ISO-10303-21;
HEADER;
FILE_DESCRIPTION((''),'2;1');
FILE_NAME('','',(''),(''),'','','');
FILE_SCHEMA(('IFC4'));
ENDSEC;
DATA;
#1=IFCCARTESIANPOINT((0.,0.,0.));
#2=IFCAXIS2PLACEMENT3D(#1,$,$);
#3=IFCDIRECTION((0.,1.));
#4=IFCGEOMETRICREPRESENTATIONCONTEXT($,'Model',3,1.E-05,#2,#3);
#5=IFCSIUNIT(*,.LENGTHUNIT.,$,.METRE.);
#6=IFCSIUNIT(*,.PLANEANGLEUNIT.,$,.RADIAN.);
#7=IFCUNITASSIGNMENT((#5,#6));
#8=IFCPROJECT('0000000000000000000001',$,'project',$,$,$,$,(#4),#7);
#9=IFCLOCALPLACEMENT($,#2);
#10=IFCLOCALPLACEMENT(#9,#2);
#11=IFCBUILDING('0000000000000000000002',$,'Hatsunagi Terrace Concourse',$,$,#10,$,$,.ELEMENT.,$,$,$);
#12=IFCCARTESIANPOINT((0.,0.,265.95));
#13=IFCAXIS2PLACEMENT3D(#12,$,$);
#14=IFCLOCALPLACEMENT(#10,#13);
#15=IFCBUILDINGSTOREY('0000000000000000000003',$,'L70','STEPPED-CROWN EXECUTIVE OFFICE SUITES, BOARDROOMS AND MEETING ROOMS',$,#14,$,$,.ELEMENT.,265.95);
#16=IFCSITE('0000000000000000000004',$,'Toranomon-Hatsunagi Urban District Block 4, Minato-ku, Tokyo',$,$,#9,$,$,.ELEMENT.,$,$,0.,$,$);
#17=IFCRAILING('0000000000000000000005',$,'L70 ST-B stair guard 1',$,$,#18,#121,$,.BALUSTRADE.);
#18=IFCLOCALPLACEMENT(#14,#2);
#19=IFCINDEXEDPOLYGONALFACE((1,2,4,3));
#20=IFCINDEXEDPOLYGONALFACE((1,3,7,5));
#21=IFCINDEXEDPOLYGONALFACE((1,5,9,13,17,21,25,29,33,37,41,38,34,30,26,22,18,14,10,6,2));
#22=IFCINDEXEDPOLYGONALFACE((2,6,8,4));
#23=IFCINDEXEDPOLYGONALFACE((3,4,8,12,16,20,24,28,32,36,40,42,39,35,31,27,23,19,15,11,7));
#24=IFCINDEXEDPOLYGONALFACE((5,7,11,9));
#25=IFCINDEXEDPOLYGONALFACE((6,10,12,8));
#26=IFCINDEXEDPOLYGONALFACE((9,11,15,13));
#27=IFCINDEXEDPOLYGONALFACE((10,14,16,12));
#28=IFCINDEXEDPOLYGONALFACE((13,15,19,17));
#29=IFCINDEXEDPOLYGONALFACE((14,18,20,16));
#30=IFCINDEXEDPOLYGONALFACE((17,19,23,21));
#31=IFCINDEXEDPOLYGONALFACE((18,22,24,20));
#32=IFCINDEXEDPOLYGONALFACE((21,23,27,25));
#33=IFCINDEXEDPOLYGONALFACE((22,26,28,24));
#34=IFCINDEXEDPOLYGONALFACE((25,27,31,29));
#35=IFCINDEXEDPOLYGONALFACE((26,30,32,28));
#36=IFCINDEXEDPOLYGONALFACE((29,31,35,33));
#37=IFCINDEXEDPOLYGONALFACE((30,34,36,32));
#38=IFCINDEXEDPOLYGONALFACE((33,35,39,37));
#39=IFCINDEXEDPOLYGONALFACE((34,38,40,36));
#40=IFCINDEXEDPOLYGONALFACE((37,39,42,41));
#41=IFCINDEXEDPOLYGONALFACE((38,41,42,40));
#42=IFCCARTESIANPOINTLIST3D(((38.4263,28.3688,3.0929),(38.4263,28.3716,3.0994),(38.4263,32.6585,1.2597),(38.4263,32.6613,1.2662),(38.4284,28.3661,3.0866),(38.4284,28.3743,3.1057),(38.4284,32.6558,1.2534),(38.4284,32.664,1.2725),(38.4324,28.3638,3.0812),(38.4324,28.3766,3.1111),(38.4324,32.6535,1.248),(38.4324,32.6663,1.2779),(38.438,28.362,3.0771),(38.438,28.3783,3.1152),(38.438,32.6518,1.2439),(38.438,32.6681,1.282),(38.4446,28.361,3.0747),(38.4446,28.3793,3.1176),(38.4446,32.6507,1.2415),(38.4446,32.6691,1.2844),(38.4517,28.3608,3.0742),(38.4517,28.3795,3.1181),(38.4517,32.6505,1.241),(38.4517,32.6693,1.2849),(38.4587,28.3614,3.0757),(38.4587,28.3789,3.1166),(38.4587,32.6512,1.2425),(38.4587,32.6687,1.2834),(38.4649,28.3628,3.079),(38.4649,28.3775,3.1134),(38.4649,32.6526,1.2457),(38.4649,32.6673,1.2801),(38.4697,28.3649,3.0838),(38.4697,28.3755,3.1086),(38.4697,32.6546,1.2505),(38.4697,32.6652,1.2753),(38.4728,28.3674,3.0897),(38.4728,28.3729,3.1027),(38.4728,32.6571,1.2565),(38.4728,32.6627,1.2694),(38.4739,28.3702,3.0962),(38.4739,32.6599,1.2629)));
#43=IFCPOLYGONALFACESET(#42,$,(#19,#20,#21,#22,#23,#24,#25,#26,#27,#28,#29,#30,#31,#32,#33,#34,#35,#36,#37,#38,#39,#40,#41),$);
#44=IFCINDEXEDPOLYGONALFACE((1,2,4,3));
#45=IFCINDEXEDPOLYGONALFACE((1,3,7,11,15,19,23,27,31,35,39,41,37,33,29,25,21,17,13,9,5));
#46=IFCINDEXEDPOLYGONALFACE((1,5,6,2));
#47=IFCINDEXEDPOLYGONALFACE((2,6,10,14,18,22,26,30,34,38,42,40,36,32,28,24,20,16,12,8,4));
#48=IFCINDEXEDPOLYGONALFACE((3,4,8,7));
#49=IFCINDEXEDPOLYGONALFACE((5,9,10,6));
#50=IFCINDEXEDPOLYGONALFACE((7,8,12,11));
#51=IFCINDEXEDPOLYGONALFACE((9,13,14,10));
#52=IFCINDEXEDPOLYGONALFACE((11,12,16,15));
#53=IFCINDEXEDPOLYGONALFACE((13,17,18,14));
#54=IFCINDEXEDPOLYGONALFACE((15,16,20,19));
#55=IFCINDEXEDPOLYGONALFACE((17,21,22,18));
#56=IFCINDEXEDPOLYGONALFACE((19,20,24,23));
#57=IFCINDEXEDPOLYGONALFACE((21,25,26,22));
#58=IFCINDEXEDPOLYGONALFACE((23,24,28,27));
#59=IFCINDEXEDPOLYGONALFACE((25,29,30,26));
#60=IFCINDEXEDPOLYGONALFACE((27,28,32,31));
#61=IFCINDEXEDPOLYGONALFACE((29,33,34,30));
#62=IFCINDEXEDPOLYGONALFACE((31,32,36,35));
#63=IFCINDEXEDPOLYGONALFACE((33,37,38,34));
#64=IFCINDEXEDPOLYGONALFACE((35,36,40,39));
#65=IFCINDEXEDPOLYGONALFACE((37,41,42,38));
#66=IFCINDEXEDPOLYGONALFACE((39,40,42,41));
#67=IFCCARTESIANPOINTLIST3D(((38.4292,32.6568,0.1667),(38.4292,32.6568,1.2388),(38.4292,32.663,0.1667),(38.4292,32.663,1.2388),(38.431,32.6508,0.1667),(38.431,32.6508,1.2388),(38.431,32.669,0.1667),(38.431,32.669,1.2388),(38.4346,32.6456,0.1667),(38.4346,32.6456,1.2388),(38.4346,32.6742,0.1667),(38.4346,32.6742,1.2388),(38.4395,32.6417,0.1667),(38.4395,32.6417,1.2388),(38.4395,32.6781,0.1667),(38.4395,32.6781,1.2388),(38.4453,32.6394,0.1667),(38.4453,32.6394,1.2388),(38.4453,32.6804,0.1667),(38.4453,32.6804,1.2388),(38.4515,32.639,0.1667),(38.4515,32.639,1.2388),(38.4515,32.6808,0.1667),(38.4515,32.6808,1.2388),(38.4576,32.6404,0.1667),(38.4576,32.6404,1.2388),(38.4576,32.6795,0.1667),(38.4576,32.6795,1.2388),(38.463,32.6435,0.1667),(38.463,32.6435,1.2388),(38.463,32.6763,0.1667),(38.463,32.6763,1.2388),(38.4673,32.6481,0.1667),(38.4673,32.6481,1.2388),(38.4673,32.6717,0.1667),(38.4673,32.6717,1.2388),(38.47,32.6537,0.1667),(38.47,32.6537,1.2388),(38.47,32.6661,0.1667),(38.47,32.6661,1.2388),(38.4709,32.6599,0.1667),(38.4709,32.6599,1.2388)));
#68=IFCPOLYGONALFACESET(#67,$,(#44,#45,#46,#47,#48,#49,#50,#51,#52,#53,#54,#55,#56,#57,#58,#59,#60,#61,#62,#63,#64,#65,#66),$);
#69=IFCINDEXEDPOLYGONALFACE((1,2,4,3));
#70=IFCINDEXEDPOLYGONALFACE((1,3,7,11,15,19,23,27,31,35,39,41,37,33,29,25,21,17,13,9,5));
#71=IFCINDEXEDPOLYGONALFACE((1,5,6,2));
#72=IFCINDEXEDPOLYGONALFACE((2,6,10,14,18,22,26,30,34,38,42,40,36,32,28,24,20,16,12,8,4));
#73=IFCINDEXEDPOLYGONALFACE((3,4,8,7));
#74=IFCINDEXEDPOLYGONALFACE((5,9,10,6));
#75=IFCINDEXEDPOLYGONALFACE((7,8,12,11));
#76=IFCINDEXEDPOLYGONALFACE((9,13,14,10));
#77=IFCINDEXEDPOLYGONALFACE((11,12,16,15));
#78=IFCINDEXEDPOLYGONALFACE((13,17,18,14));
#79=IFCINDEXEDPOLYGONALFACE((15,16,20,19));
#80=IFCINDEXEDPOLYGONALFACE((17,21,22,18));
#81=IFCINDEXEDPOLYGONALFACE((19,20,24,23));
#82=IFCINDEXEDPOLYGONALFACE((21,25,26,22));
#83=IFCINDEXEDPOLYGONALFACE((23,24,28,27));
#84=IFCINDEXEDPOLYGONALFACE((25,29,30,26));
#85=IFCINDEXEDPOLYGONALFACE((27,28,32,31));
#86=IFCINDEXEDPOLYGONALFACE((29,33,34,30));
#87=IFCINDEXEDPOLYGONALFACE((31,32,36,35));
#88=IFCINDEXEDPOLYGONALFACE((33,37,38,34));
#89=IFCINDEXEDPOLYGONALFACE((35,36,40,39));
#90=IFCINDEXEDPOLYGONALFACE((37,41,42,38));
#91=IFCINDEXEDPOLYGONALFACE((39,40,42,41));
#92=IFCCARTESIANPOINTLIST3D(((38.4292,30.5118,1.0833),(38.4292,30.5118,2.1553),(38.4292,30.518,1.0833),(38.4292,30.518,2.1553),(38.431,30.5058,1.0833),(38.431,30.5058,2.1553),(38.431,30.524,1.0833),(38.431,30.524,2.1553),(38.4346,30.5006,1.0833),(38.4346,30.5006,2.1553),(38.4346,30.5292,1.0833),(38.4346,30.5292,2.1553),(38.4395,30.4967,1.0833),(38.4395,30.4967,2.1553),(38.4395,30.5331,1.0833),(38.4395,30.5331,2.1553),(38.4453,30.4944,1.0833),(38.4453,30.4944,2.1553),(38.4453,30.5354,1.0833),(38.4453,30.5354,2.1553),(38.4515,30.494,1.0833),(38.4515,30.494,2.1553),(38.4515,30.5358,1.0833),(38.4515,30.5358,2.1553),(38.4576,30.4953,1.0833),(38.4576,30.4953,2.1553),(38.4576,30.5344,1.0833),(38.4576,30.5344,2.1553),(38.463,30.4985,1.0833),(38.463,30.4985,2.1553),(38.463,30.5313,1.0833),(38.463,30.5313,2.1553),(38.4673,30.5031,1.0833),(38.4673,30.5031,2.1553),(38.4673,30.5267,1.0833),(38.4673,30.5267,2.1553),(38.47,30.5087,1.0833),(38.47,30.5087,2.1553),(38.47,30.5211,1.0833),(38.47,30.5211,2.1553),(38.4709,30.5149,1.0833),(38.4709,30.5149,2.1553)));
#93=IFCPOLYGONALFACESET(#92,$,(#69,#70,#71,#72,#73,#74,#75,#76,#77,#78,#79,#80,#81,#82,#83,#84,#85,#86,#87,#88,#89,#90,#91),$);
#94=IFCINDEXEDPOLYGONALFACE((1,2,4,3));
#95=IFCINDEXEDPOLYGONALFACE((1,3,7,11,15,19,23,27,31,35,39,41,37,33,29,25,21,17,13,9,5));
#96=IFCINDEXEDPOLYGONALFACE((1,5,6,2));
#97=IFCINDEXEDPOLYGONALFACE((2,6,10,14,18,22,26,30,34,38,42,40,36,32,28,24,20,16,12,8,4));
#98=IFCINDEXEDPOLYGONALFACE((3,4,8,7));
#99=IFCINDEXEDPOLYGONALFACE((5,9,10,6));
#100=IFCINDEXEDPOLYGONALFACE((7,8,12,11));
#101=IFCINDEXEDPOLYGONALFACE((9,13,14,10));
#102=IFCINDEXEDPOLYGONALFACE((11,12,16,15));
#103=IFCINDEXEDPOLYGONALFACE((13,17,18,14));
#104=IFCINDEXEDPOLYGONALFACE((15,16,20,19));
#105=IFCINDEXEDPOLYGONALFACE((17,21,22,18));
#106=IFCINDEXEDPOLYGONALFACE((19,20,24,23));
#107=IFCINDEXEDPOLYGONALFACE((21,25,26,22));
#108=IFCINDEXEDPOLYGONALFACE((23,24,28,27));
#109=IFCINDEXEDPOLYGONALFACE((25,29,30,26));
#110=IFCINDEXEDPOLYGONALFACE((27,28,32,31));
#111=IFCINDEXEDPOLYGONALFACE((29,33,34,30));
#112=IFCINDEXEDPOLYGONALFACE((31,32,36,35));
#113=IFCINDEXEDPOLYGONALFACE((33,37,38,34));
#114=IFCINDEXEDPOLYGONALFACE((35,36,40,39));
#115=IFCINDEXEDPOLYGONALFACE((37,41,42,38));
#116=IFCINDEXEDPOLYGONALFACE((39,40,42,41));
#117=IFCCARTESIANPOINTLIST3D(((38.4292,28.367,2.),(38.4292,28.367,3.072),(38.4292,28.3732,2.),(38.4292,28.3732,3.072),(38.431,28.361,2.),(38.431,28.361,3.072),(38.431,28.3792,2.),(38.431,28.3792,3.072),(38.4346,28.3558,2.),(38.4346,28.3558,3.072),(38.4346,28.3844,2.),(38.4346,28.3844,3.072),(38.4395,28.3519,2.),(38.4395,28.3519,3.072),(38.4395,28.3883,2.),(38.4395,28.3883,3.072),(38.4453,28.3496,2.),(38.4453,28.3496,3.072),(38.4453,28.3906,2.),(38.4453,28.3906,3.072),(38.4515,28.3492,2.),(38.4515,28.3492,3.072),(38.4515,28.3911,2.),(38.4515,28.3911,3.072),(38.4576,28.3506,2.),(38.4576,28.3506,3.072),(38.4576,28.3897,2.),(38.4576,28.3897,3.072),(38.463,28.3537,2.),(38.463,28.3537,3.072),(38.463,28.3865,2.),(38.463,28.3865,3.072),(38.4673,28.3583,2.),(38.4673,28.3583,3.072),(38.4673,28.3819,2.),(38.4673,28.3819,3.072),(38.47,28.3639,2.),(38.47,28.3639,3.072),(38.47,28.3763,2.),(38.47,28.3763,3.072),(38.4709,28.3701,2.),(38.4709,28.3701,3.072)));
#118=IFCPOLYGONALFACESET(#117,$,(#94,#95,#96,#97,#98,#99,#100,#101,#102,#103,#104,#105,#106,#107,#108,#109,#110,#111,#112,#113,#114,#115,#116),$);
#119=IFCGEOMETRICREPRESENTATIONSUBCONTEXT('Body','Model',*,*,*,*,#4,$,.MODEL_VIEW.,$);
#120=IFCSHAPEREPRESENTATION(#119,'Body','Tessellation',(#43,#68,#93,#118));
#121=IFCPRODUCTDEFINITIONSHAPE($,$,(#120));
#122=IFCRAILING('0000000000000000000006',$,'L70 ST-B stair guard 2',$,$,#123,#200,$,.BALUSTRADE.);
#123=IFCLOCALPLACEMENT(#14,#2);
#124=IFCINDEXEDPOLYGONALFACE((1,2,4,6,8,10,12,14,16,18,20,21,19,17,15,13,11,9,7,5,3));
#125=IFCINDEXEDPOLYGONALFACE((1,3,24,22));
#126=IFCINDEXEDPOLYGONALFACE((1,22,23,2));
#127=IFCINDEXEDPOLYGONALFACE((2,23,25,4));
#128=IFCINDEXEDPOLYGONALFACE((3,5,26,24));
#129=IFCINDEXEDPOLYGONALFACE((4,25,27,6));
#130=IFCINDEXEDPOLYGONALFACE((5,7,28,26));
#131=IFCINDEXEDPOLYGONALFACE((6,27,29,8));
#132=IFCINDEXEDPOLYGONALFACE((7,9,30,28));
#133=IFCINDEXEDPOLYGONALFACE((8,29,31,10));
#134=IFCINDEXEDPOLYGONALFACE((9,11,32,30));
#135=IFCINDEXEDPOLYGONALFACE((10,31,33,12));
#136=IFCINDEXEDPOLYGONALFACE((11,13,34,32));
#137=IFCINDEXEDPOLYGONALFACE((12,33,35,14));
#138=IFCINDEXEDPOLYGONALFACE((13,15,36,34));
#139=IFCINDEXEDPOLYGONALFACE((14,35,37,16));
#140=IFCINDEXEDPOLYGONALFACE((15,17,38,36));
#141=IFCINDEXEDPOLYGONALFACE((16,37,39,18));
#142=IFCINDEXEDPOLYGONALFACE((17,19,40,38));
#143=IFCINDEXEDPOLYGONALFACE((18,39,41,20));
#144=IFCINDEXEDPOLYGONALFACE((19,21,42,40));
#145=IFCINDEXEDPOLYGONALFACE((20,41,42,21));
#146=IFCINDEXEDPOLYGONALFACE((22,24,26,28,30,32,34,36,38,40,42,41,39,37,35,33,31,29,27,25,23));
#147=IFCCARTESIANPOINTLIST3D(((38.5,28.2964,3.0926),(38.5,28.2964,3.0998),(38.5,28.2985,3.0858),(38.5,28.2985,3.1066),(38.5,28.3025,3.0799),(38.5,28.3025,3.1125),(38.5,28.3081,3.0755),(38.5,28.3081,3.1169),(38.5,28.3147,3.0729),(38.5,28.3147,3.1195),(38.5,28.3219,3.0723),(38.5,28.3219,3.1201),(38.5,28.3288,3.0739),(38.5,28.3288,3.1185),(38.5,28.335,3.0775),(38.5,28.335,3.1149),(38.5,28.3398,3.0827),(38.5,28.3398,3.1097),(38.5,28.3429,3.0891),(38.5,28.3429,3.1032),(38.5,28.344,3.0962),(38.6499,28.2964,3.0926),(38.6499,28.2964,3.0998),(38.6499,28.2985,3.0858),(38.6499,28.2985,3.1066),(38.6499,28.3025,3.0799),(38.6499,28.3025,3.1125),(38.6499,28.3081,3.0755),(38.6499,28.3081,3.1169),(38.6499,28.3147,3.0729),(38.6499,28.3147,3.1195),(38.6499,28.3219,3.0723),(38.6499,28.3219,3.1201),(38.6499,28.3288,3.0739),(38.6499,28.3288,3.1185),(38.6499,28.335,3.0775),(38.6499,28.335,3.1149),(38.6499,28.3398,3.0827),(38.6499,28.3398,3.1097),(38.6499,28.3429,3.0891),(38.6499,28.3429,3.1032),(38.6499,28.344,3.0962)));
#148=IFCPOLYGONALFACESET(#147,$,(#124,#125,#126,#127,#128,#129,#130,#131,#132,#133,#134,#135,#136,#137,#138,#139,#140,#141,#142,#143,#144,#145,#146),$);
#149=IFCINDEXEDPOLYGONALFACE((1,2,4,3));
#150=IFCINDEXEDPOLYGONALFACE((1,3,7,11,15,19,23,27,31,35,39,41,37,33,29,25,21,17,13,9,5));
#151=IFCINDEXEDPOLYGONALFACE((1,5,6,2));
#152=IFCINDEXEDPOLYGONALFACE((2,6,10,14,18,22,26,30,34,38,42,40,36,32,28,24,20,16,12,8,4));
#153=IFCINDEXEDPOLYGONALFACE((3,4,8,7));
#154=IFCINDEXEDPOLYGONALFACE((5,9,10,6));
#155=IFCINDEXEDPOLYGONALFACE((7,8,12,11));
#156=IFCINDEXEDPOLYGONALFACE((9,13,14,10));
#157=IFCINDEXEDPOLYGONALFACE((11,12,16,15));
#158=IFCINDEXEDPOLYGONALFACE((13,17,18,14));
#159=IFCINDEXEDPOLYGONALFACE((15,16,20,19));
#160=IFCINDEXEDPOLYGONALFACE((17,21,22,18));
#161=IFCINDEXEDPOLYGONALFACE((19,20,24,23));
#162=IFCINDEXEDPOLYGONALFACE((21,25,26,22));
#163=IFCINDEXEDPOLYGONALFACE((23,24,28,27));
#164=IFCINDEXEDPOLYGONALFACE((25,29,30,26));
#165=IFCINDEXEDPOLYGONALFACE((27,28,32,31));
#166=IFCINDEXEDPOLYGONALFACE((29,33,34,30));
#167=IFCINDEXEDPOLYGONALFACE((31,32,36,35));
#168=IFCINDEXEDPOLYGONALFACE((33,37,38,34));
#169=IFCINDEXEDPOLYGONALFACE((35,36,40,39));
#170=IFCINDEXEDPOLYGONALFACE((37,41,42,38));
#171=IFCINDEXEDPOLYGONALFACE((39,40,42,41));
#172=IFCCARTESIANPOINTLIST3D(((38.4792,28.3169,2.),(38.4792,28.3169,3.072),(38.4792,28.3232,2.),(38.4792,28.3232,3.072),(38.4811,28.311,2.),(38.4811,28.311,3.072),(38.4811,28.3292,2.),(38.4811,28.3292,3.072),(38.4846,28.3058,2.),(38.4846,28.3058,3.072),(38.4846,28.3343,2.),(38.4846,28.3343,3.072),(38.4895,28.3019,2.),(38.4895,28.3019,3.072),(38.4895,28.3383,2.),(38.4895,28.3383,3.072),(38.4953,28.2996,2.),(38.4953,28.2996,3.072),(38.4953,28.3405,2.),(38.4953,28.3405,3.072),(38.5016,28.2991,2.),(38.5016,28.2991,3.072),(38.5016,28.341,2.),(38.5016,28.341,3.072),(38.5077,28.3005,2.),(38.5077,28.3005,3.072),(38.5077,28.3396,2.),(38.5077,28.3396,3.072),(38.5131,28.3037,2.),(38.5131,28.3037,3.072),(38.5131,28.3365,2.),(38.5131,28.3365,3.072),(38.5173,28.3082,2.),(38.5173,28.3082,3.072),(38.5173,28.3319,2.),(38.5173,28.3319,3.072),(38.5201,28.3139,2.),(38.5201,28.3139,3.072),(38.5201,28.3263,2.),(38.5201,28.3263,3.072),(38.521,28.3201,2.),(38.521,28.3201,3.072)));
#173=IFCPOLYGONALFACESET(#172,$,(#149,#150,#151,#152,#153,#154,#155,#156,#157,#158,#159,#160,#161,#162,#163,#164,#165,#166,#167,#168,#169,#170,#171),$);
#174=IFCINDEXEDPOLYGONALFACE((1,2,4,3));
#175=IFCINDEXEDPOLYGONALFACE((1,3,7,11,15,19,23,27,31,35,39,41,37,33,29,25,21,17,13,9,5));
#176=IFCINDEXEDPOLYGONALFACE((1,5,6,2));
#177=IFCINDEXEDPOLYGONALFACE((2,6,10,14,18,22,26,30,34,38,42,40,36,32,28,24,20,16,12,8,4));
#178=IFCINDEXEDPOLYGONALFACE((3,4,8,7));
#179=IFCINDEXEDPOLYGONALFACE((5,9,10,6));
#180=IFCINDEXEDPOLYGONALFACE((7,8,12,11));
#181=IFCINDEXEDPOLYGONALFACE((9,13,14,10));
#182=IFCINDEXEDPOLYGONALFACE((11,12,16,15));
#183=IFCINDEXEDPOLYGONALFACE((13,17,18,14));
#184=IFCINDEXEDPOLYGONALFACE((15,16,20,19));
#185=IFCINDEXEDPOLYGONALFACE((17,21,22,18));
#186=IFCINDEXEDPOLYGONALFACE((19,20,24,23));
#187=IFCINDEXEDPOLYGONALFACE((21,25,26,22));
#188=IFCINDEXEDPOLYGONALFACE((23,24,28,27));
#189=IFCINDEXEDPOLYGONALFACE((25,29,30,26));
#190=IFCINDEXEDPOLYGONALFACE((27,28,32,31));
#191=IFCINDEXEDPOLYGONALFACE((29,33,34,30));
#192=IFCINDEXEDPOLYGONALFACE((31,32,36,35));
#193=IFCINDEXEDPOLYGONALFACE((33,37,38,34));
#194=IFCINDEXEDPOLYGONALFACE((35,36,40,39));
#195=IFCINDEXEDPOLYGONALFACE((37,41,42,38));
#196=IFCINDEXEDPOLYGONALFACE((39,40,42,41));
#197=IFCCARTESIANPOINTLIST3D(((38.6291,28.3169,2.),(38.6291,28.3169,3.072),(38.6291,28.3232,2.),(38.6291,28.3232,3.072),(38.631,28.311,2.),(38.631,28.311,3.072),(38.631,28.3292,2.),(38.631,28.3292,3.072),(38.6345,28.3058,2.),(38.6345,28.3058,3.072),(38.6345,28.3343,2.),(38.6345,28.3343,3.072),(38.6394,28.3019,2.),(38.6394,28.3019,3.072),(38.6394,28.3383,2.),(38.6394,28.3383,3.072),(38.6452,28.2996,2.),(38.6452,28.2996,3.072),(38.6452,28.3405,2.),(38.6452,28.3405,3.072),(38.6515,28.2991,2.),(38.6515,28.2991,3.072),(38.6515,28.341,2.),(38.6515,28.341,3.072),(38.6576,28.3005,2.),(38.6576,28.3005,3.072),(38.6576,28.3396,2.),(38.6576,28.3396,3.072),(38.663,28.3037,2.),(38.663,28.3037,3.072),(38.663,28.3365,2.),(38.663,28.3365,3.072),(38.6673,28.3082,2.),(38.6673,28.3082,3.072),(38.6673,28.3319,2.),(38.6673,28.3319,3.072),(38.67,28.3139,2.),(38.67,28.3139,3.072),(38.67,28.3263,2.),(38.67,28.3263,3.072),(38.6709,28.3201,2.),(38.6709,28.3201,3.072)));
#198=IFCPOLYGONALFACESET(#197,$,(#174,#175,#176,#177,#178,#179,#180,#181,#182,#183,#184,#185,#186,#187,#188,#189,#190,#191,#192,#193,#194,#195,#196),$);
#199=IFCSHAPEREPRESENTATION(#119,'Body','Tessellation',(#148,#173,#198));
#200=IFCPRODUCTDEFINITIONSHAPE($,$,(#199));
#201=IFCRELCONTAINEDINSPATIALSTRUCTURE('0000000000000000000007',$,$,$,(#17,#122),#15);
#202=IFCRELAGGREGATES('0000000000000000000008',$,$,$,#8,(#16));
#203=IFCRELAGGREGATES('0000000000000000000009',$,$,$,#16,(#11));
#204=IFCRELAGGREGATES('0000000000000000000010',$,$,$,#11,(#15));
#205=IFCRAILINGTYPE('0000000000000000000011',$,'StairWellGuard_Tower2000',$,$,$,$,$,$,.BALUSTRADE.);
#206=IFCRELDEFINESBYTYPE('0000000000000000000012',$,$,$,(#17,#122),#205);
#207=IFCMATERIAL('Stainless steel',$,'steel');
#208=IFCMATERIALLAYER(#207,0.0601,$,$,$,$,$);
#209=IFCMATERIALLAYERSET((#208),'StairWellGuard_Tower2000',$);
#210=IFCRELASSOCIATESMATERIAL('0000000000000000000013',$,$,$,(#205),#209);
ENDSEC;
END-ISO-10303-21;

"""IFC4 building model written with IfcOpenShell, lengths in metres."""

from ifc_helpers import new_model, si_unit, direction, frame, origin, origin_2d, place, context, subcontext, project, spatial, circle, extrude, material, layer, layer_set, type_object, element, save


model = new_model("IFC4")

# Units and contexts
model_context = context("Model", 3, precision=1e-05, world=origin(), true_north=direction((0.0, 1.0)))
body_context = subcontext(model_context, "Body", "Model", "MODEL_VIEW")
ifc_project = project(units=[si_unit("LENGTHUNIT", "METRE"), si_unit("PLANEANGLEUNIT", "RADIAN")], contexts=[model_context])

# Site, building, storey
site_placement = place(None, origin())
site = spatial("IfcSite", under=ifc_project, at=site_placement, Name="Toranomon-Hatsunagi Urban District Block 4, Minato-ku, Tokyo", CompositionType="ELEMENT", RefElevation=0.0)
building_placement = place(site_placement, origin())
building = spatial("IfcBuilding", under=site, at=building_placement, Name="Hatsunagi Terrace Concourse", CompositionType="ELEMENT")
storey_placement = place(building_placement, frame((0.0, 0.0, 265.95)))
storey = spatial("IfcBuildingStorey", under=building, at=storey_placement, Name="L70", Description="STEPPED-CROWN EXECUTIVE OFFICE SUITES, BOARDROOMS AND MEETING ROOMS", CompositionType="ELEMENT", Elevation=265.95)

# Railings
ifc_material_1 = material(Name="Stainless steel", Category="steel")
ifc_layer_1 = layer(ifc_material_1, 0.0601)
ifc_layer_set_1 = layer_set([ifc_layer_1], Name="StairWellGuard_Tower2000")
railing_type_1 = type_object("IfcRailingType", Name="StairWellGuard_Tower2000", PredefinedType="BALUSTRADE", material=ifc_layer_set_1)
railing_1_placement = place(storey_placement, frame((38.45, 32.6599, 0.1667)))
element("IfcRailing", 1, at=railing_1_placement, inside=storey, type_object=railing_type_1, Name="L70 ST-B stair guard 1", PredefinedType="BALUSTRADE", context=body_context, shape_type="SweptSolid", body=[
    extrude(circle(Radius=0.0239, at=origin_2d()), frame((0.0, 0.0, 1.0962), z_axis=(0.0, -0.919551, 0.392972), x_axis=(1.0, 0.0, 0.0)), (0.0, 0.0, 1.0), 4.665),
    extrude(circle(Radius=0.021, at=origin_2d()), origin(), (0.0, 0.0, 1.0), 1.072),
    extrude(circle(Radius=0.021, at=origin_2d()), frame((0.0, -2.145, 0.9165)), (0.0, 0.0, 1.0), 1.072),
    extrude(circle(Radius=0.021, at=origin_2d()), frame((0.0, -4.2898, 1.8333)), (0.0, 0.0, 1.0), 1.072),
])
railing_2_placement = place(storey_placement, frame((38.5, 28.3201, 2.0)))
element("IfcRailing", 2, at=railing_2_placement, inside=storey, type_object=railing_type_1, Name="L70 ST-B stair guard 2", PredefinedType="BALUSTRADE", context=body_context, shape_type="SweptSolid", body=[
    extrude(circle(Radius=0.0239, at=origin_2d()), frame((0.0, 0.0, 1.0962), z_axis=(1.0, 0.0, 0.0), x_axis=(0.0, 1.0, 0.0)), (0.0, 0.0, 1.0), 0.1499),
    extrude(circle(Radius=0.021, at=origin_2d()), origin(), (0.0, 0.0, 1.0), 1.072),
    extrude(circle(Radius=0.021, at=origin_2d()), frame((0.1499, 0.0, 0.0)), (0.0, 0.0, 1.0), 1.072),
])

save(model, "model.ifc")
